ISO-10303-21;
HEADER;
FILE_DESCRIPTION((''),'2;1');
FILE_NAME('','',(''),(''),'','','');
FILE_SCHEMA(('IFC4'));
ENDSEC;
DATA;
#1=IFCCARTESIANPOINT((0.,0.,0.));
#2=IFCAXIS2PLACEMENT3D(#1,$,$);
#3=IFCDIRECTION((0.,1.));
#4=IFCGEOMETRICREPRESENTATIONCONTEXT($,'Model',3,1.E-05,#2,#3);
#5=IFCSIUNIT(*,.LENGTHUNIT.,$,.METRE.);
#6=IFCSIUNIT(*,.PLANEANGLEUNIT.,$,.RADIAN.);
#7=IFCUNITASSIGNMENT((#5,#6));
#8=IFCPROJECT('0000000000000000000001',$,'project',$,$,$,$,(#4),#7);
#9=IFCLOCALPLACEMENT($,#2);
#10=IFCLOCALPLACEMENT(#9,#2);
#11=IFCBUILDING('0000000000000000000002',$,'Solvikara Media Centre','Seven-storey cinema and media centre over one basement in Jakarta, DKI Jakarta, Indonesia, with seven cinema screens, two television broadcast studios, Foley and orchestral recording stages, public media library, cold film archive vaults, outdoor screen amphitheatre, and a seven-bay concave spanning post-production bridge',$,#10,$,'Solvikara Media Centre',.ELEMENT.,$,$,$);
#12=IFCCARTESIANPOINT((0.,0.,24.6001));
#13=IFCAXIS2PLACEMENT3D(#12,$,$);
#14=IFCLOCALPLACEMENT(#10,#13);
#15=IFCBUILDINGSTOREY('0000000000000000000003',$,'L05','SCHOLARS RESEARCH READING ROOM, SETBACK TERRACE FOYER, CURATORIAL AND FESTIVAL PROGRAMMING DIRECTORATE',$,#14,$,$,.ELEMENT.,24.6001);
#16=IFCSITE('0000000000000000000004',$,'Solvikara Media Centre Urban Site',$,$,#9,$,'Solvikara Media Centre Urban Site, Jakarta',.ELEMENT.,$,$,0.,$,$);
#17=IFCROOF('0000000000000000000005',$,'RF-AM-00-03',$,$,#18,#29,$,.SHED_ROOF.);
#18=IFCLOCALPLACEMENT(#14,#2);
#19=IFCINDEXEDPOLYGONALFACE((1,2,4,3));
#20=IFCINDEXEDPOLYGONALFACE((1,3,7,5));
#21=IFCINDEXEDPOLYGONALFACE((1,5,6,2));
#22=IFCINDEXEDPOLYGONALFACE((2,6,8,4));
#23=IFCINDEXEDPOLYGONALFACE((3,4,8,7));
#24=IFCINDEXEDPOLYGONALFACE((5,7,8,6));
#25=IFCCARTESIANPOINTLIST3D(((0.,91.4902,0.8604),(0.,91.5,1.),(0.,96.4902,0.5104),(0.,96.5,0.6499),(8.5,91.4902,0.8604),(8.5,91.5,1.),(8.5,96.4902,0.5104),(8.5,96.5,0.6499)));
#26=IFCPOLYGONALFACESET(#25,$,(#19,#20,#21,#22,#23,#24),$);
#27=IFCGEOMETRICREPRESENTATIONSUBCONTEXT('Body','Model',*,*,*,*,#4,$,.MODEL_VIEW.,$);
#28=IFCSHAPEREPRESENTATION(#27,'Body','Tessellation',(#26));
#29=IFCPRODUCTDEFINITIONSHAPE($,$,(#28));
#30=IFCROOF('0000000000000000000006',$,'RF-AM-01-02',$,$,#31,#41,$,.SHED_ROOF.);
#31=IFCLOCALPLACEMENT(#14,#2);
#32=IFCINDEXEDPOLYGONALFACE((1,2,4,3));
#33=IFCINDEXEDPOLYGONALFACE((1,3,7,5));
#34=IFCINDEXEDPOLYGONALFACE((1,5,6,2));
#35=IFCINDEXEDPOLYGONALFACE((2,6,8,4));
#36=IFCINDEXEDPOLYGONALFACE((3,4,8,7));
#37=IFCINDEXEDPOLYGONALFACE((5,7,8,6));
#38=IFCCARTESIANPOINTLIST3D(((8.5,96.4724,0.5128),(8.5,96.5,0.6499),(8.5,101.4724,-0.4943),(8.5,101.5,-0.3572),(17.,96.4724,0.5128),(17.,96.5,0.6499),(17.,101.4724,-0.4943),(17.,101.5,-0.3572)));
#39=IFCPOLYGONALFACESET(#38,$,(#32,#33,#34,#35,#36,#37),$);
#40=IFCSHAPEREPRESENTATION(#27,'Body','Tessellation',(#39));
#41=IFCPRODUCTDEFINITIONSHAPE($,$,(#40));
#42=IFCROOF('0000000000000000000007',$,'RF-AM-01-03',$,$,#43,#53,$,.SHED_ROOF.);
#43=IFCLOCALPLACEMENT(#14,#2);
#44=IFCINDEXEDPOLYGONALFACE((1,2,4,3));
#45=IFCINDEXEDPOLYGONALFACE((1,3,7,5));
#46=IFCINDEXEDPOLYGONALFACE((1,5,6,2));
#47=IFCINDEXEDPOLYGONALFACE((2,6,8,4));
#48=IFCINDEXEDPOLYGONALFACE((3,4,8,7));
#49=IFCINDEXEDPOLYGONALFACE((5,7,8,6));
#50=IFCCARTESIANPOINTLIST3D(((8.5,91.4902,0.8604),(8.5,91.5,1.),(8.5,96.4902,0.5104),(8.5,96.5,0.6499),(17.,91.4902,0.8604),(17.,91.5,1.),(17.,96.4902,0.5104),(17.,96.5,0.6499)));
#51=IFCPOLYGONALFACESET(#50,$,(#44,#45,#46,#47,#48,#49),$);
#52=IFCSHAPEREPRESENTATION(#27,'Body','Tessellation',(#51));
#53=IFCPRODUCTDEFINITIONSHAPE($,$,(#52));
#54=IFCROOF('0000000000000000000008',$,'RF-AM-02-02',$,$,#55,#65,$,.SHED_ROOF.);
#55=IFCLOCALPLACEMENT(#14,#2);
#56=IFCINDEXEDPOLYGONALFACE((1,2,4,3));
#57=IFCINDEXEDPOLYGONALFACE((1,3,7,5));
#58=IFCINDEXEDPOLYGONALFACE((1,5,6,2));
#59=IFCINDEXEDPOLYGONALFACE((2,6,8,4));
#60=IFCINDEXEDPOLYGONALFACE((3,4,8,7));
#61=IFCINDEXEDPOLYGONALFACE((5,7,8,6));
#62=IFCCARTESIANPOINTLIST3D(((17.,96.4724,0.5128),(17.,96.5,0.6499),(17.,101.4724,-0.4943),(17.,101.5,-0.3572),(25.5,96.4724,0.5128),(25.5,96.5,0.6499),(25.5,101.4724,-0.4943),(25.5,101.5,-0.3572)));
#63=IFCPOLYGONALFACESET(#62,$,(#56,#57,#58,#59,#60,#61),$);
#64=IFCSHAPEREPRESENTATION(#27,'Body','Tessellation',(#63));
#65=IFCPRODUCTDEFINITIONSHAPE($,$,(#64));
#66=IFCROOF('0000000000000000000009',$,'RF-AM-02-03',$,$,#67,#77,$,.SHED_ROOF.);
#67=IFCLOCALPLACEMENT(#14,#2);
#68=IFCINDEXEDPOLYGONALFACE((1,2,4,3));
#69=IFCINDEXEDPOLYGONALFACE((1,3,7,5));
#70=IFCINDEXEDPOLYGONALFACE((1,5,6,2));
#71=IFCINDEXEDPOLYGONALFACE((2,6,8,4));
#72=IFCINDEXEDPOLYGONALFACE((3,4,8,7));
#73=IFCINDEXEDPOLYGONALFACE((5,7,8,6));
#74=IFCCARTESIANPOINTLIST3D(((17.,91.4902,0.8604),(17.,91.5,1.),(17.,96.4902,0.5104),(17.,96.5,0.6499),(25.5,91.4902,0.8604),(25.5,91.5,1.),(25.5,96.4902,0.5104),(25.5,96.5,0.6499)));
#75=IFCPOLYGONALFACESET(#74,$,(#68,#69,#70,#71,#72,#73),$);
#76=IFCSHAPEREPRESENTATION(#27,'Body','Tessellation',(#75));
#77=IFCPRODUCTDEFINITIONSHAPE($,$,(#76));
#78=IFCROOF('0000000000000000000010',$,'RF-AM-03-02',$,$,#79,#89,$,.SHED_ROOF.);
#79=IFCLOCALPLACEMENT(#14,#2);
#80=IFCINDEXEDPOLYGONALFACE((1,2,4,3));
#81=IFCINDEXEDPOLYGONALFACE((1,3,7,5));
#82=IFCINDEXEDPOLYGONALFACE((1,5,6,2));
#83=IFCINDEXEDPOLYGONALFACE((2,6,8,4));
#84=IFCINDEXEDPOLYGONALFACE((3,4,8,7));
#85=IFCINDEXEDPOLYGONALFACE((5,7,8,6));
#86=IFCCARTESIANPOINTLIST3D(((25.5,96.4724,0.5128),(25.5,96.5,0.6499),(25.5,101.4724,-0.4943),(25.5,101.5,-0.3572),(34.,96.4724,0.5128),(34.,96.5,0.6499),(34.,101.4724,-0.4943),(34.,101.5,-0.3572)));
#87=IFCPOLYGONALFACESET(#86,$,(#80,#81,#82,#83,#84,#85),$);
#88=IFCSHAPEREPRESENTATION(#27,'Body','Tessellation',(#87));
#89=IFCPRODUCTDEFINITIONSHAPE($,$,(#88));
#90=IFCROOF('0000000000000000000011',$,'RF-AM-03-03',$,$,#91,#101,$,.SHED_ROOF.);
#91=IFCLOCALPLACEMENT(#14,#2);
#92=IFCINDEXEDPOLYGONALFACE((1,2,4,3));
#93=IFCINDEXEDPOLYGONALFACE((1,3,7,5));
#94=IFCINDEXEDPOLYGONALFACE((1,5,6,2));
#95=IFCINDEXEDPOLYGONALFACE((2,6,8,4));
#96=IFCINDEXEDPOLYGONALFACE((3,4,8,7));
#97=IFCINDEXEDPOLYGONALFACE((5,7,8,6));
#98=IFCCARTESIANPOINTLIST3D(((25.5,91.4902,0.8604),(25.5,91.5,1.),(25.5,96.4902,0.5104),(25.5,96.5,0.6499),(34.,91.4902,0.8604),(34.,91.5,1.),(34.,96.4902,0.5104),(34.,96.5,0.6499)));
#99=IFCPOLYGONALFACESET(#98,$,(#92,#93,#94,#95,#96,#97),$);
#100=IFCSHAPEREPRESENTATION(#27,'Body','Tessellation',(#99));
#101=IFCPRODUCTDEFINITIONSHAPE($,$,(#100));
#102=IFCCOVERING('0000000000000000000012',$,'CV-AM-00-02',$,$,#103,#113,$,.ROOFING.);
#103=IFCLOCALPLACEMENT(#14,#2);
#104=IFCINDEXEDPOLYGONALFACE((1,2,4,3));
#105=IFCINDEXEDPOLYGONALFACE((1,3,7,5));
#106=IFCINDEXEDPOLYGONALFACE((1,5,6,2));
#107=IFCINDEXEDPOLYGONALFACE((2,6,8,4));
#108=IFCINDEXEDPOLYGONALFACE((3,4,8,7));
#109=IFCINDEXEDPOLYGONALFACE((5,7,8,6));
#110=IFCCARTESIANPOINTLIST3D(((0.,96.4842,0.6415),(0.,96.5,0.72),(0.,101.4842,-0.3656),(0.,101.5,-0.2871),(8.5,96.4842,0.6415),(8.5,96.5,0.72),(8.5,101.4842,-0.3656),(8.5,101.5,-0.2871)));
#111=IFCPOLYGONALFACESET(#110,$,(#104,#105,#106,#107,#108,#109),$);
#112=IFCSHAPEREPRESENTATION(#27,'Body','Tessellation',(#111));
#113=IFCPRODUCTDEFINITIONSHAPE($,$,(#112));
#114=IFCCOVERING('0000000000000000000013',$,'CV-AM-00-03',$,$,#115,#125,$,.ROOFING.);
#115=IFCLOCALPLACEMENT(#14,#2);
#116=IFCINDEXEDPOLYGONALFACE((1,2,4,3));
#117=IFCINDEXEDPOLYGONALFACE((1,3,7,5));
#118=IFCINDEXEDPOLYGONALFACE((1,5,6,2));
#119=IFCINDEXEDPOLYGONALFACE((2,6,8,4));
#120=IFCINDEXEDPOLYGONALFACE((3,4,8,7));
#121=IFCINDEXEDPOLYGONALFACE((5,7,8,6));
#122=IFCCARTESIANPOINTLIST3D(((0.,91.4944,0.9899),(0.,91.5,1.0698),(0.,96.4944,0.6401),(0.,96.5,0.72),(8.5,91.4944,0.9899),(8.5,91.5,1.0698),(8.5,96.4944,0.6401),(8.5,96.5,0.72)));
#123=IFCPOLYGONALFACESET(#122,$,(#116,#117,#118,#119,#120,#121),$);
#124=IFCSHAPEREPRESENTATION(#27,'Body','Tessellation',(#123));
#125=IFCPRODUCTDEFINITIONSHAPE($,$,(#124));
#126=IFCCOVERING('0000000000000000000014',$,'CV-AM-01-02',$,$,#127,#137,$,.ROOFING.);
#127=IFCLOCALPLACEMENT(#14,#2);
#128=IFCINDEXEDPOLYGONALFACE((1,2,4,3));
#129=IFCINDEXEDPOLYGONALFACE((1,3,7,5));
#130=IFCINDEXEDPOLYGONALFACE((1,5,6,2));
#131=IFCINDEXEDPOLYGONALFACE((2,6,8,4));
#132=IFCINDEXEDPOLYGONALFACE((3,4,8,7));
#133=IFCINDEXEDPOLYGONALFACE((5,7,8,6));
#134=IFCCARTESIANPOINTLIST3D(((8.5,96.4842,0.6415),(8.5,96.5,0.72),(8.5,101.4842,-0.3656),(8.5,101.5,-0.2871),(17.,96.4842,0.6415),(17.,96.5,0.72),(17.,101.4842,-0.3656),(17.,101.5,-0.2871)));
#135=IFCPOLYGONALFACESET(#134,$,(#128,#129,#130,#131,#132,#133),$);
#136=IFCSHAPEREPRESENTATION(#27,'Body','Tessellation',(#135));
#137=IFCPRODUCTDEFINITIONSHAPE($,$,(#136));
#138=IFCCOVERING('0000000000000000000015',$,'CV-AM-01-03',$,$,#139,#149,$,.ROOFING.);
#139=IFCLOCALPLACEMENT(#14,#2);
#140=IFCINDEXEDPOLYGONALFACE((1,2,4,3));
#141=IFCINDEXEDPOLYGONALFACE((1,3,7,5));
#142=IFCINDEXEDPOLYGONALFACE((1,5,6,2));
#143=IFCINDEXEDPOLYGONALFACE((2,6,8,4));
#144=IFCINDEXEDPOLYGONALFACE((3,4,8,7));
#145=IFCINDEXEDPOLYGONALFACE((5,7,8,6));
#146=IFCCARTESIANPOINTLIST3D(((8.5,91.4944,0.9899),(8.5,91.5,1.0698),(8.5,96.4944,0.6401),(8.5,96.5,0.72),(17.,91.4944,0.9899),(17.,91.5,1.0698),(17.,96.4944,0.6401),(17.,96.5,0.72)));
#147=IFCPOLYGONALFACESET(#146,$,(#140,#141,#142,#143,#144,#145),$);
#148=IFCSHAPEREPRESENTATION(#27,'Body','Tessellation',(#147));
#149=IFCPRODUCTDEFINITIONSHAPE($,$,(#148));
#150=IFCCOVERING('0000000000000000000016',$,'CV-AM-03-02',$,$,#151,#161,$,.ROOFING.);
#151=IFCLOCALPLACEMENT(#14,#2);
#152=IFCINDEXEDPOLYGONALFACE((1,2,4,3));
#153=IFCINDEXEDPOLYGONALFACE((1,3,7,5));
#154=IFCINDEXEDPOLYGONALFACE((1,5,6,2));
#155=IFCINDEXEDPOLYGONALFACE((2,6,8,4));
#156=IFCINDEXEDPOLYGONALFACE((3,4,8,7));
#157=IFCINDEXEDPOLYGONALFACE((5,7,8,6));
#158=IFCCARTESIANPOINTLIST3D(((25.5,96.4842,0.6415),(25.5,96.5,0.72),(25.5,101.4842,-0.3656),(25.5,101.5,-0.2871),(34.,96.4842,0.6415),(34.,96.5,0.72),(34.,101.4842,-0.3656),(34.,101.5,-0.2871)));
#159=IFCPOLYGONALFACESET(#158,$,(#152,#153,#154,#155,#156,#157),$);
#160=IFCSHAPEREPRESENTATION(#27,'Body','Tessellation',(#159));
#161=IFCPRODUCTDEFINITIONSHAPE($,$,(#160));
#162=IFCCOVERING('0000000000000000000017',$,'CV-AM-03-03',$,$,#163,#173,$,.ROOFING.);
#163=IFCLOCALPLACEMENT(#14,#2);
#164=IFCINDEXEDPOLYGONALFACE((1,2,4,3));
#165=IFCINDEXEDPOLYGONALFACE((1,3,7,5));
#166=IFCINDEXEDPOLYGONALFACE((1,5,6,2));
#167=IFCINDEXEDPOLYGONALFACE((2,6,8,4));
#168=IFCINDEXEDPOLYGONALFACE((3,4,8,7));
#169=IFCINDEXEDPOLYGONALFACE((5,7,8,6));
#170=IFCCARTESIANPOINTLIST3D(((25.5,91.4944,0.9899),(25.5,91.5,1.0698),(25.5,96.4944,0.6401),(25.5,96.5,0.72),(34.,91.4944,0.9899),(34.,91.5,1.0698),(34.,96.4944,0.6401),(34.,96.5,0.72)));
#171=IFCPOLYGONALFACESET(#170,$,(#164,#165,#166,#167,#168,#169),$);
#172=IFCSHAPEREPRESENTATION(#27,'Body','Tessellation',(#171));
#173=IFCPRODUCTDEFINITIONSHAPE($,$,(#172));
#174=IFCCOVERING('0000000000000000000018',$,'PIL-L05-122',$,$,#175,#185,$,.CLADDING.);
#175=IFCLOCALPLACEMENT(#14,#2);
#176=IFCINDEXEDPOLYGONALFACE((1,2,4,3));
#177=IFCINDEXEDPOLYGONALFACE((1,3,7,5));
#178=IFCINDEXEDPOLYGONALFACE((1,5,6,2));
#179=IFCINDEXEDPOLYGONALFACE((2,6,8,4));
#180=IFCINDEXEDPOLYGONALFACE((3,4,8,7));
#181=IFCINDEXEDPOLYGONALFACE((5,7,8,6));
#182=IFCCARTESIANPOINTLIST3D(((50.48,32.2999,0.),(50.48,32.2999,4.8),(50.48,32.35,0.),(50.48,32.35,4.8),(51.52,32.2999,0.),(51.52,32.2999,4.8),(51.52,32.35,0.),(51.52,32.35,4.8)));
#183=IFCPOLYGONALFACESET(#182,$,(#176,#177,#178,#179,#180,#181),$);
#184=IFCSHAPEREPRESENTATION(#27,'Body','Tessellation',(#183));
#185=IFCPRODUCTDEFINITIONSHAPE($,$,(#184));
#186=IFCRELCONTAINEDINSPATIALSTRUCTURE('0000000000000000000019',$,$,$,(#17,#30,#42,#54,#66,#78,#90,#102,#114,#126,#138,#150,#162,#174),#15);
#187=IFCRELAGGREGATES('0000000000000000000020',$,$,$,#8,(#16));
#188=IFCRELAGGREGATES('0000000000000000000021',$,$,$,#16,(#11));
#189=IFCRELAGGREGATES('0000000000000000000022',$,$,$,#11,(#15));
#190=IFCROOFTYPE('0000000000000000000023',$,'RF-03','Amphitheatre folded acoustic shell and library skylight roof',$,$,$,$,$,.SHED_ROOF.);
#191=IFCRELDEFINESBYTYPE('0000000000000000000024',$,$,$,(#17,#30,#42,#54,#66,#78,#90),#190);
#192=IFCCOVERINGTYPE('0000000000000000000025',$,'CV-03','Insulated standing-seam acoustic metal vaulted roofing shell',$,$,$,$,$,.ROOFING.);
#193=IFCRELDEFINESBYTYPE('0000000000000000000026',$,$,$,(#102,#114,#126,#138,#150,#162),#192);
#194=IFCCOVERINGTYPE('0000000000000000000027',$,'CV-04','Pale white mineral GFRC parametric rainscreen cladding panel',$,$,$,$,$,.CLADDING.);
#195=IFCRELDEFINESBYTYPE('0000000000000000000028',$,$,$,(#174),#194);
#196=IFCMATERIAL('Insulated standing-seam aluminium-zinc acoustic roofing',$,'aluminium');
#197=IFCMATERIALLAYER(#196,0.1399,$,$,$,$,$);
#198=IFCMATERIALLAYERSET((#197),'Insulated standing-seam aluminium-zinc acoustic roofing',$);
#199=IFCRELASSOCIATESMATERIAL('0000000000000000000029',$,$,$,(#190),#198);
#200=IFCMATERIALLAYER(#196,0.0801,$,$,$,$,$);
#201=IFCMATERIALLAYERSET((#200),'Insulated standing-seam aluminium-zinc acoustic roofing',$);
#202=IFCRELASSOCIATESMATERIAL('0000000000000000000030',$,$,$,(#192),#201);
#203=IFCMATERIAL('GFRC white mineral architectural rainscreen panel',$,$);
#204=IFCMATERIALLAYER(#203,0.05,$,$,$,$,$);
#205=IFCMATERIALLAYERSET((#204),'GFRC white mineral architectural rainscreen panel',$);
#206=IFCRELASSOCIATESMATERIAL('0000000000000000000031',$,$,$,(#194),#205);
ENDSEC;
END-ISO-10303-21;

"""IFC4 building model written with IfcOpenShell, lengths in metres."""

from ifc_helpers import new_model, si_unit, direction, frame, origin, origin_2d, place, context, subcontext, project, spatial, polyline, rectangle, outline, extrude, material, layer, layer_set, type_object, element, save


model = new_model("IFC4")

# Units and contexts
model_context = context("Model", 3, precision=1e-05, world=origin(), true_north=direction((0.0, 1.0)))
body_context = subcontext(model_context, "Body", "Model", "MODEL_VIEW")
ifc_project = project(units=[si_unit("LENGTHUNIT", "METRE"), si_unit("PLANEANGLEUNIT", "RADIAN")], contexts=[model_context])

# Site, building, storey
site_placement = place(None, origin())
site = spatial("IfcSite", under=ifc_project, at=site_placement, Name="Solvikara Media Centre Urban Site", LongName="Solvikara Media Centre Urban Site, Jakarta", CompositionType="ELEMENT", RefElevation=0.0)
building_placement = place(site_placement, origin())
building = spatial("IfcBuilding", under=site, at=building_placement, Name="Solvikara Media Centre", Description="Seven-storey cinema and media centre over one basement in Jakarta, DKI Jakarta, Indonesia, with seven cinema screens, two television broadcast studios, Foley and orchestral recording stages, public media library, cold film archive vaults, outdoor screen amphitheatre, and a seven-bay concave spanning post-production bridge", LongName="Solvikara Media Centre", CompositionType="ELEMENT")
storey_placement = place(building_placement, frame((0.0, 0.0, 24.6001)))
storey = spatial("IfcBuildingStorey", under=building, at=storey_placement, Name="L05", Description="SCHOLARS RESEARCH READING ROOM, SETBACK TERRACE FOYER, CURATORIAL AND FESTIVAL PROGRAMMING DIRECTORATE", CompositionType="ELEMENT", Elevation=24.6001)

# Roofs
ifc_material_1 = material(Name="Insulated standing-seam aluminium-zinc acoustic roofing", Category="aluminium")
ifc_layer_1 = layer(ifc_material_1, 0.1399)
ifc_layer_set_1 = layer_set([ifc_layer_1], Name="Insulated standing-seam aluminium-zinc acoustic roofing")
roof_type = type_object("IfcRoofType", Name="RF-03", Description="Amphitheatre folded acoustic shell and library skylight roof", PredefinedType="SHED_ROOF", material=ifc_layer_set_1)
roof_1_placement = place(storey_placement, frame((0.0, 96.5, 0.6499), z_axis=(0.0, 0.069849, 0.997558), x_axis=(1.0, 0.0, 0.0)))
element("IfcRoof", 1, at=roof_1_placement, inside=storey, type_object=roof_type, Name="RF-AM-00-03", PredefinedType="SHED_ROOF", context=body_context, shape_type="SweptSolid", body=[
    extrude(outline(polyline([(0.0, 0.0), (8.5, 0.0), (8.5, -5.0122), (0.0, -5.0122), (0.0, 0.0)])), origin(), (0.0, 0.0, -1.0), 0.1399),
])
roof_2_placement = place(storey_placement, frame((8.5, 101.5, -0.3572), z_axis=(0.0, 0.197451, 0.980313), x_axis=(1.0, 0.0, 0.0)))
element("IfcRoof", 2, at=roof_2_placement, inside=storey, type_object=roof_type, Name="RF-AM-01-02", PredefinedType="SHED_ROOF", context=body_context, shape_type="SweptSolid", body=[
    extrude(outline(polyline([(0.0, 0.0), (8.5, 0.0), (8.5, -5.1004), (0.0, -5.1004), (0.0, 0.0)])), origin(), (0.0, 0.0, -1.0), 0.1399),
])
roof_3_placement = place(storey_placement, frame((8.5, 96.5, 0.6499), z_axis=(0.0, 0.069849, 0.997558), x_axis=(1.0, 0.0, 0.0)))
element("IfcRoof", 3, at=roof_3_placement, inside=storey, type_object=roof_type, Name="RF-AM-01-03", PredefinedType="SHED_ROOF", context=body_context, shape_type="SweptSolid", body=[
    extrude(outline(polyline([(0.0, 0.0), (8.5, 0.0), (8.5, -5.0122), (0.0, -5.0122), (0.0, 0.0)])), origin(), (0.0, 0.0, -1.0), 0.1399),
])
roof_4_placement = place(storey_placement, frame((17.0, 101.5, -0.3572), z_axis=(0.0, 0.197451, 0.980313), x_axis=(1.0, 0.0, 0.0)))
element("IfcRoof", 4, at=roof_4_placement, inside=storey, type_object=roof_type, Name="RF-AM-02-02", PredefinedType="SHED_ROOF", context=body_context, shape_type="SweptSolid", body=[
    extrude(outline(polyline([(0.0, 0.0), (8.5, 0.0), (8.5, -5.1004), (0.0, -5.1004), (0.0, 0.0)])), origin(), (0.0, 0.0, -1.0), 0.1399),
])
roof_5_placement = place(storey_placement, frame((17.0, 96.5, 0.6499), z_axis=(0.0, 0.069849, 0.997558), x_axis=(1.0, 0.0, 0.0)))
element("IfcRoof", 5, at=roof_5_placement, inside=storey, type_object=roof_type, Name="RF-AM-02-03", PredefinedType="SHED_ROOF", context=body_context, shape_type="SweptSolid", body=[
    extrude(outline(polyline([(0.0, 0.0), (8.5, 0.0), (8.5, -5.0122), (0.0, -5.0122), (0.0, 0.0)])), origin(), (0.0, 0.0, -1.0), 0.1399),
])
roof_6_placement = place(storey_placement, frame((25.5, 101.5, -0.3572), z_axis=(0.0, 0.197451, 0.980313), x_axis=(1.0, 0.0, 0.0)))
element("IfcRoof", 6, at=roof_6_placement, inside=storey, type_object=roof_type, Name="RF-AM-03-02", PredefinedType="SHED_ROOF", context=body_context, shape_type="SweptSolid", body=[
    extrude(outline(polyline([(0.0, 0.0), (8.5, 0.0), (8.5, -5.1004), (0.0, -5.1004), (0.0, 0.0)])), origin(), (0.0, 0.0, -1.0), 0.1399),
])
roof_7_placement = place(storey_placement, frame((25.5, 96.5, 0.6499), z_axis=(0.0, 0.069849, 0.997558), x_axis=(1.0, 0.0, 0.0)))
element("IfcRoof", 7, at=roof_7_placement, inside=storey, type_object=roof_type, Name="RF-AM-03-03", PredefinedType="SHED_ROOF", context=body_context, shape_type="SweptSolid", body=[
    extrude(outline(polyline([(0.0, 0.0), (8.5, 0.0), (8.5, -5.0122), (0.0, -5.0122), (0.0, 0.0)])), origin(), (0.0, 0.0, -1.0), 0.1399),
])

# Coverings
ifc_layer_2 = layer(ifc_material_1, 0.0801)
ifc_layer_set_2 = layer_set([ifc_layer_2], Name="Insulated standing-seam aluminium-zinc acoustic roofing")
covering_type_1 = type_object("IfcCoveringType", Name="CV-03", Description="Insulated standing-seam acoustic metal vaulted roofing shell", PredefinedType="ROOFING", material=ifc_layer_set_2)
covering_1_placement = place(storey_placement, frame((0.0, 101.5, -0.2871), z_axis=(0.0, 0.197451, 0.980313), x_axis=(1.0, 0.0, 0.0)))
element("IfcCovering", 8, at=covering_1_placement, inside=storey, type_object=covering_type_1, Name="CV-AM-00-02", PredefinedType="ROOFING", context=body_context, shape_type="SweptSolid", body=[
    extrude(outline(polyline([(0.0, 0.0), (8.5, 0.0), (8.5, -5.1004), (0.0, -5.1004), (0.0, 0.0)])), origin(), (0.0, 0.0, -1.0), 0.0801),
])
covering_2_placement = place(storey_placement, frame((0.0, 96.5, 0.72), z_axis=(0.0, 0.0698, 0.997561), x_axis=(1.0, 0.0, 0.0)))
element("IfcCovering", 9, at=covering_2_placement, inside=storey, type_object=covering_type_1, Name="CV-AM-00-03", PredefinedType="ROOFING", context=body_context, shape_type="SweptSolid", body=[
    extrude(outline(polyline([(0.0, 0.0), (8.5, 0.0), (8.5, -5.0122), (0.0, -5.0122), (0.0, 0.0)])), origin(), (0.0, 0.0, -1.0), 0.0801),
])
covering_3_placement = place(storey_placement, frame((8.5, 101.5, -0.2871), z_axis=(0.0, 0.197451, 0.980313), x_axis=(1.0, 0.0, 0.0)))
element("IfcCovering", 10, at=covering_3_placement, inside=storey, type_object=covering_type_1, Name="CV-AM-01-02", PredefinedType="ROOFING", context=body_context, shape_type="SweptSolid", body=[
    extrude(outline(polyline([(0.0, 0.0), (8.5, 0.0), (8.5, -5.1004), (0.0, -5.1004), (0.0, 0.0)])), origin(), (0.0, 0.0, -1.0), 0.0801),
])
covering_4_placement = place(storey_placement, frame((8.5, 96.5, 0.72), z_axis=(0.0, 0.0698, 0.997561), x_axis=(1.0, 0.0, 0.0)))
element("IfcCovering", 11, at=covering_4_placement, inside=storey, type_object=covering_type_1, Name="CV-AM-01-03", PredefinedType="ROOFING", context=body_context, shape_type="SweptSolid", body=[
    extrude(outline(polyline([(0.0, 0.0), (8.5, 0.0), (8.5, -5.0122), (0.0, -5.0122), (0.0, 0.0)])), origin(), (0.0, 0.0, -1.0), 0.0801),
])
covering_5_placement = place(storey_placement, frame((25.5, 101.5, -0.2871), z_axis=(0.0, 0.197451, 0.980313), x_axis=(1.0, 0.0, 0.0)))
element("IfcCovering", 12, at=covering_5_placement, inside=storey, type_object=covering_type_1, Name="CV-AM-03-02", PredefinedType="ROOFING", context=body_context, shape_type="SweptSolid", body=[
    extrude(outline(polyline([(0.0, 0.0), (8.5, 0.0), (8.5, -5.1004), (0.0, -5.1004), (0.0, 0.0)])), origin(), (0.0, 0.0, -1.0), 0.0801),
])
covering_6_placement = place(storey_placement, frame((25.5, 96.5, 0.72), z_axis=(0.0, 0.0698, 0.997561), x_axis=(1.0, 0.0, 0.0)))
element("IfcCovering", 13, at=covering_6_placement, inside=storey, type_object=covering_type_1, Name="CV-AM-03-03", PredefinedType="ROOFING", context=body_context, shape_type="SweptSolid", body=[
    extrude(outline(polyline([(0.0, 0.0), (8.5, 0.0), (8.5, -5.0122), (0.0, -5.0122), (0.0, 0.0)])), origin(), (0.0, 0.0, -1.0), 0.0801),
])
ifc_material_2 = material(Name="GFRC white mineral architectural rainscreen panel")
ifc_layer_3 = layer(ifc_material_2, 0.05)
ifc_layer_set_3 = layer_set([ifc_layer_3], Name="GFRC white mineral architectural rainscreen panel")
covering_type_2 = type_object("IfcCoveringType", Name="CV-04", Description="Pale white mineral GFRC parametric rainscreen cladding panel", PredefinedType="CLADDING", material=ifc_layer_set_3)
for number, where, z_axis, x_axis, name in (
    (14, (51.0, 32.325, 0.0), (0.0, 0.0, 1.0), (-1.0, 0.0, 0.0), "PIL-L05-122"),
):
    element("IfcCovering", number, at=place(storey_placement, frame(where, z_axis=z_axis, x_axis=x_axis)), inside=storey, type_object=covering_type_2, Name=name, PredefinedType="CLADDING", context=body_context, shape_type="SweptSolid", body=[
        extrude(rectangle(XDim=1.04, YDim=0.05, at=origin_2d()), origin(), (0.0, 0.0, 1.0), 4.8),
    ])

save(model, "model.ifc")
